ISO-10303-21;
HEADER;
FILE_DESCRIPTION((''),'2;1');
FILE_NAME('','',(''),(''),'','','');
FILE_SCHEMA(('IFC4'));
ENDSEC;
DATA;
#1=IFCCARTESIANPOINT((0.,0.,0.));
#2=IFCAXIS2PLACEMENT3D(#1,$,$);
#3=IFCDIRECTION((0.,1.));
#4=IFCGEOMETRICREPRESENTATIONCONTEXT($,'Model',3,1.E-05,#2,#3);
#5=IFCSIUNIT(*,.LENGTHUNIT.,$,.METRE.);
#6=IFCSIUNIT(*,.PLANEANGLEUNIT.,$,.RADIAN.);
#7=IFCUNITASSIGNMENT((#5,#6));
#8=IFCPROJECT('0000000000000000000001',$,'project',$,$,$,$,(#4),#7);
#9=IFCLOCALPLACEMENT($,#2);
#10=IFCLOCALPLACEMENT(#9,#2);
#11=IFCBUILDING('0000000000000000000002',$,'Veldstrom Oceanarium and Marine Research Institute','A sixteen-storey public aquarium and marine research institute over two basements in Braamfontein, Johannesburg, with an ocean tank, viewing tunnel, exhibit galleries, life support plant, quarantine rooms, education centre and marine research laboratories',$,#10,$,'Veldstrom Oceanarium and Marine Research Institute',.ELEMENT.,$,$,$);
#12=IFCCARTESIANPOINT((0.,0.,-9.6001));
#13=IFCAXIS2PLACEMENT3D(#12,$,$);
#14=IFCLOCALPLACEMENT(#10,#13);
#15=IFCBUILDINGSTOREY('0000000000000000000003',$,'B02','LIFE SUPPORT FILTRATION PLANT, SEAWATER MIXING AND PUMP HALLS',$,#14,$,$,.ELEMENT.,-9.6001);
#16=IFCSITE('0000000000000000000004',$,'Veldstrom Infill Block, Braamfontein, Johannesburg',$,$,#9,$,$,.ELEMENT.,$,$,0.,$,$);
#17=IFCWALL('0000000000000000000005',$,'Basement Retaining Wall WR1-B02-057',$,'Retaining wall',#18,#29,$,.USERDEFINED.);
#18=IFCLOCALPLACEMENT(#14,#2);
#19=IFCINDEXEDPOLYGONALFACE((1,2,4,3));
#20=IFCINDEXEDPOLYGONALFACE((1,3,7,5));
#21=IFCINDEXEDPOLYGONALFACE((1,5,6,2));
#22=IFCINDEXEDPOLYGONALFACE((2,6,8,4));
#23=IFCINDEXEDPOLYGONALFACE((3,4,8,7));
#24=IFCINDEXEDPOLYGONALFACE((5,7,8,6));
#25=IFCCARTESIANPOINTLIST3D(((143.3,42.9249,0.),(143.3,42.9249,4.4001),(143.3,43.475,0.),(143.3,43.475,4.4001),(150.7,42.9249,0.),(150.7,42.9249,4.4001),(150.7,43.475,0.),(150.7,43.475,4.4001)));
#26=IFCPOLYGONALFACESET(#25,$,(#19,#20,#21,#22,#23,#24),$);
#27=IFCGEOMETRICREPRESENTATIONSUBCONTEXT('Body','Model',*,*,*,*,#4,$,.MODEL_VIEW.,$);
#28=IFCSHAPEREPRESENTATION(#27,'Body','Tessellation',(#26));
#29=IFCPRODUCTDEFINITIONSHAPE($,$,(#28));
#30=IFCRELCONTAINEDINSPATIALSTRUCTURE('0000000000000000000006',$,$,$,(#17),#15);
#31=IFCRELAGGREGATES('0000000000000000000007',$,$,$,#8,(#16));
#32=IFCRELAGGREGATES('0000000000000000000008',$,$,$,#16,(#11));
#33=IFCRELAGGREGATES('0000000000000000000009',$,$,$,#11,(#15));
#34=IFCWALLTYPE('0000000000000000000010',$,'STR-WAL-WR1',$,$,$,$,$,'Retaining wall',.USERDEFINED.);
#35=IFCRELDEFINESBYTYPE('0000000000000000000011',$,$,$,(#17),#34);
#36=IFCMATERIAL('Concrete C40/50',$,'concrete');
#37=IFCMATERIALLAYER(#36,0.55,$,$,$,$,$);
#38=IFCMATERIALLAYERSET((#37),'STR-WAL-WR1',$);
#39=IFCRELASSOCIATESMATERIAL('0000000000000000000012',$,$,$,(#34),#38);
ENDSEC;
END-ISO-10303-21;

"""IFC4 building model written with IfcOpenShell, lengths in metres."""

from ifc_helpers import new_model, si_unit, direction, frame, frame_2d, origin, place, context, subcontext, project, spatial, rectangle, extrude, material, layer, layer_set, type_object, element, save


model = new_model("IFC4")

# Units and contexts
model_context = context("Model", 3, precision=1e-05, world=origin(), true_north=direction((0.0, 1.0)))
body_context = subcontext(model_context, "Body", "Model", "MODEL_VIEW")
ifc_project = project(units=[si_unit("LENGTHUNIT", "METRE"), si_unit("PLANEANGLEUNIT", "RADIAN")], contexts=[model_context])

# Site, building, storey
site_placement = place(None, origin())
site = spatial("IfcSite", under=ifc_project, at=site_placement, Name="Veldstrom Infill Block, Braamfontein, Johannesburg", CompositionType="ELEMENT", RefElevation=0.0)
building_placement = place(site_placement, origin())
building = spatial("IfcBuilding", under=site, at=building_placement, Name="Veldstrom Oceanarium and Marine Research Institute", Description="A sixteen-storey public aquarium and marine research institute over two basements in Braamfontein, Johannesburg, with an ocean tank, viewing tunnel, exhibit galleries, life support plant, quarantine rooms, education centre and marine research laboratories", LongName="Veldstrom Oceanarium and Marine Research Institute", CompositionType="ELEMENT")
storey_placement = place(building_placement, frame((0.0, 0.0, -9.6001)))
storey = spatial("IfcBuildingStorey", under=building, at=storey_placement, Name="B02", Description="LIFE SUPPORT FILTRATION PLANT, SEAWATER MIXING AND PUMP HALLS", CompositionType="ELEMENT", Elevation=-9.6001)

# Wall
ifc_material_1 = material(Name="Concrete C40/50", Category="concrete")
ifc_layer_1 = layer(ifc_material_1, 0.55)
ifc_layer_set_1 = layer_set([ifc_layer_1], Name="STR-WAL-WR1")
wall_type_1 = type_object("IfcWallType", Name="STR-WAL-WR1", ElementType="Retaining wall", PredefinedType="USERDEFINED", material=ifc_layer_set_1)
wall_1_placement = place(storey_placement, frame((143.3, 43.2, 0.0), z_axis=(0.0, 0.0, 1.0), x_axis=(1.0, 0.0, 0.0)))
element("IfcWall", 1, at=wall_1_placement, inside=storey, type_object=wall_type_1, Name="Basement Retaining Wall WR1-B02-057", ObjectType="Retaining wall", PredefinedType="USERDEFINED", context=body_context, shape_type="SweptSolid", body=[
    extrude(rectangle(XDim=7.3999, YDim=0.55, at=frame_2d((3.7, 0.0))), origin(), (0.0, 0.0, 1.0), 4.4001),
])

save(model, "model.ifc")
